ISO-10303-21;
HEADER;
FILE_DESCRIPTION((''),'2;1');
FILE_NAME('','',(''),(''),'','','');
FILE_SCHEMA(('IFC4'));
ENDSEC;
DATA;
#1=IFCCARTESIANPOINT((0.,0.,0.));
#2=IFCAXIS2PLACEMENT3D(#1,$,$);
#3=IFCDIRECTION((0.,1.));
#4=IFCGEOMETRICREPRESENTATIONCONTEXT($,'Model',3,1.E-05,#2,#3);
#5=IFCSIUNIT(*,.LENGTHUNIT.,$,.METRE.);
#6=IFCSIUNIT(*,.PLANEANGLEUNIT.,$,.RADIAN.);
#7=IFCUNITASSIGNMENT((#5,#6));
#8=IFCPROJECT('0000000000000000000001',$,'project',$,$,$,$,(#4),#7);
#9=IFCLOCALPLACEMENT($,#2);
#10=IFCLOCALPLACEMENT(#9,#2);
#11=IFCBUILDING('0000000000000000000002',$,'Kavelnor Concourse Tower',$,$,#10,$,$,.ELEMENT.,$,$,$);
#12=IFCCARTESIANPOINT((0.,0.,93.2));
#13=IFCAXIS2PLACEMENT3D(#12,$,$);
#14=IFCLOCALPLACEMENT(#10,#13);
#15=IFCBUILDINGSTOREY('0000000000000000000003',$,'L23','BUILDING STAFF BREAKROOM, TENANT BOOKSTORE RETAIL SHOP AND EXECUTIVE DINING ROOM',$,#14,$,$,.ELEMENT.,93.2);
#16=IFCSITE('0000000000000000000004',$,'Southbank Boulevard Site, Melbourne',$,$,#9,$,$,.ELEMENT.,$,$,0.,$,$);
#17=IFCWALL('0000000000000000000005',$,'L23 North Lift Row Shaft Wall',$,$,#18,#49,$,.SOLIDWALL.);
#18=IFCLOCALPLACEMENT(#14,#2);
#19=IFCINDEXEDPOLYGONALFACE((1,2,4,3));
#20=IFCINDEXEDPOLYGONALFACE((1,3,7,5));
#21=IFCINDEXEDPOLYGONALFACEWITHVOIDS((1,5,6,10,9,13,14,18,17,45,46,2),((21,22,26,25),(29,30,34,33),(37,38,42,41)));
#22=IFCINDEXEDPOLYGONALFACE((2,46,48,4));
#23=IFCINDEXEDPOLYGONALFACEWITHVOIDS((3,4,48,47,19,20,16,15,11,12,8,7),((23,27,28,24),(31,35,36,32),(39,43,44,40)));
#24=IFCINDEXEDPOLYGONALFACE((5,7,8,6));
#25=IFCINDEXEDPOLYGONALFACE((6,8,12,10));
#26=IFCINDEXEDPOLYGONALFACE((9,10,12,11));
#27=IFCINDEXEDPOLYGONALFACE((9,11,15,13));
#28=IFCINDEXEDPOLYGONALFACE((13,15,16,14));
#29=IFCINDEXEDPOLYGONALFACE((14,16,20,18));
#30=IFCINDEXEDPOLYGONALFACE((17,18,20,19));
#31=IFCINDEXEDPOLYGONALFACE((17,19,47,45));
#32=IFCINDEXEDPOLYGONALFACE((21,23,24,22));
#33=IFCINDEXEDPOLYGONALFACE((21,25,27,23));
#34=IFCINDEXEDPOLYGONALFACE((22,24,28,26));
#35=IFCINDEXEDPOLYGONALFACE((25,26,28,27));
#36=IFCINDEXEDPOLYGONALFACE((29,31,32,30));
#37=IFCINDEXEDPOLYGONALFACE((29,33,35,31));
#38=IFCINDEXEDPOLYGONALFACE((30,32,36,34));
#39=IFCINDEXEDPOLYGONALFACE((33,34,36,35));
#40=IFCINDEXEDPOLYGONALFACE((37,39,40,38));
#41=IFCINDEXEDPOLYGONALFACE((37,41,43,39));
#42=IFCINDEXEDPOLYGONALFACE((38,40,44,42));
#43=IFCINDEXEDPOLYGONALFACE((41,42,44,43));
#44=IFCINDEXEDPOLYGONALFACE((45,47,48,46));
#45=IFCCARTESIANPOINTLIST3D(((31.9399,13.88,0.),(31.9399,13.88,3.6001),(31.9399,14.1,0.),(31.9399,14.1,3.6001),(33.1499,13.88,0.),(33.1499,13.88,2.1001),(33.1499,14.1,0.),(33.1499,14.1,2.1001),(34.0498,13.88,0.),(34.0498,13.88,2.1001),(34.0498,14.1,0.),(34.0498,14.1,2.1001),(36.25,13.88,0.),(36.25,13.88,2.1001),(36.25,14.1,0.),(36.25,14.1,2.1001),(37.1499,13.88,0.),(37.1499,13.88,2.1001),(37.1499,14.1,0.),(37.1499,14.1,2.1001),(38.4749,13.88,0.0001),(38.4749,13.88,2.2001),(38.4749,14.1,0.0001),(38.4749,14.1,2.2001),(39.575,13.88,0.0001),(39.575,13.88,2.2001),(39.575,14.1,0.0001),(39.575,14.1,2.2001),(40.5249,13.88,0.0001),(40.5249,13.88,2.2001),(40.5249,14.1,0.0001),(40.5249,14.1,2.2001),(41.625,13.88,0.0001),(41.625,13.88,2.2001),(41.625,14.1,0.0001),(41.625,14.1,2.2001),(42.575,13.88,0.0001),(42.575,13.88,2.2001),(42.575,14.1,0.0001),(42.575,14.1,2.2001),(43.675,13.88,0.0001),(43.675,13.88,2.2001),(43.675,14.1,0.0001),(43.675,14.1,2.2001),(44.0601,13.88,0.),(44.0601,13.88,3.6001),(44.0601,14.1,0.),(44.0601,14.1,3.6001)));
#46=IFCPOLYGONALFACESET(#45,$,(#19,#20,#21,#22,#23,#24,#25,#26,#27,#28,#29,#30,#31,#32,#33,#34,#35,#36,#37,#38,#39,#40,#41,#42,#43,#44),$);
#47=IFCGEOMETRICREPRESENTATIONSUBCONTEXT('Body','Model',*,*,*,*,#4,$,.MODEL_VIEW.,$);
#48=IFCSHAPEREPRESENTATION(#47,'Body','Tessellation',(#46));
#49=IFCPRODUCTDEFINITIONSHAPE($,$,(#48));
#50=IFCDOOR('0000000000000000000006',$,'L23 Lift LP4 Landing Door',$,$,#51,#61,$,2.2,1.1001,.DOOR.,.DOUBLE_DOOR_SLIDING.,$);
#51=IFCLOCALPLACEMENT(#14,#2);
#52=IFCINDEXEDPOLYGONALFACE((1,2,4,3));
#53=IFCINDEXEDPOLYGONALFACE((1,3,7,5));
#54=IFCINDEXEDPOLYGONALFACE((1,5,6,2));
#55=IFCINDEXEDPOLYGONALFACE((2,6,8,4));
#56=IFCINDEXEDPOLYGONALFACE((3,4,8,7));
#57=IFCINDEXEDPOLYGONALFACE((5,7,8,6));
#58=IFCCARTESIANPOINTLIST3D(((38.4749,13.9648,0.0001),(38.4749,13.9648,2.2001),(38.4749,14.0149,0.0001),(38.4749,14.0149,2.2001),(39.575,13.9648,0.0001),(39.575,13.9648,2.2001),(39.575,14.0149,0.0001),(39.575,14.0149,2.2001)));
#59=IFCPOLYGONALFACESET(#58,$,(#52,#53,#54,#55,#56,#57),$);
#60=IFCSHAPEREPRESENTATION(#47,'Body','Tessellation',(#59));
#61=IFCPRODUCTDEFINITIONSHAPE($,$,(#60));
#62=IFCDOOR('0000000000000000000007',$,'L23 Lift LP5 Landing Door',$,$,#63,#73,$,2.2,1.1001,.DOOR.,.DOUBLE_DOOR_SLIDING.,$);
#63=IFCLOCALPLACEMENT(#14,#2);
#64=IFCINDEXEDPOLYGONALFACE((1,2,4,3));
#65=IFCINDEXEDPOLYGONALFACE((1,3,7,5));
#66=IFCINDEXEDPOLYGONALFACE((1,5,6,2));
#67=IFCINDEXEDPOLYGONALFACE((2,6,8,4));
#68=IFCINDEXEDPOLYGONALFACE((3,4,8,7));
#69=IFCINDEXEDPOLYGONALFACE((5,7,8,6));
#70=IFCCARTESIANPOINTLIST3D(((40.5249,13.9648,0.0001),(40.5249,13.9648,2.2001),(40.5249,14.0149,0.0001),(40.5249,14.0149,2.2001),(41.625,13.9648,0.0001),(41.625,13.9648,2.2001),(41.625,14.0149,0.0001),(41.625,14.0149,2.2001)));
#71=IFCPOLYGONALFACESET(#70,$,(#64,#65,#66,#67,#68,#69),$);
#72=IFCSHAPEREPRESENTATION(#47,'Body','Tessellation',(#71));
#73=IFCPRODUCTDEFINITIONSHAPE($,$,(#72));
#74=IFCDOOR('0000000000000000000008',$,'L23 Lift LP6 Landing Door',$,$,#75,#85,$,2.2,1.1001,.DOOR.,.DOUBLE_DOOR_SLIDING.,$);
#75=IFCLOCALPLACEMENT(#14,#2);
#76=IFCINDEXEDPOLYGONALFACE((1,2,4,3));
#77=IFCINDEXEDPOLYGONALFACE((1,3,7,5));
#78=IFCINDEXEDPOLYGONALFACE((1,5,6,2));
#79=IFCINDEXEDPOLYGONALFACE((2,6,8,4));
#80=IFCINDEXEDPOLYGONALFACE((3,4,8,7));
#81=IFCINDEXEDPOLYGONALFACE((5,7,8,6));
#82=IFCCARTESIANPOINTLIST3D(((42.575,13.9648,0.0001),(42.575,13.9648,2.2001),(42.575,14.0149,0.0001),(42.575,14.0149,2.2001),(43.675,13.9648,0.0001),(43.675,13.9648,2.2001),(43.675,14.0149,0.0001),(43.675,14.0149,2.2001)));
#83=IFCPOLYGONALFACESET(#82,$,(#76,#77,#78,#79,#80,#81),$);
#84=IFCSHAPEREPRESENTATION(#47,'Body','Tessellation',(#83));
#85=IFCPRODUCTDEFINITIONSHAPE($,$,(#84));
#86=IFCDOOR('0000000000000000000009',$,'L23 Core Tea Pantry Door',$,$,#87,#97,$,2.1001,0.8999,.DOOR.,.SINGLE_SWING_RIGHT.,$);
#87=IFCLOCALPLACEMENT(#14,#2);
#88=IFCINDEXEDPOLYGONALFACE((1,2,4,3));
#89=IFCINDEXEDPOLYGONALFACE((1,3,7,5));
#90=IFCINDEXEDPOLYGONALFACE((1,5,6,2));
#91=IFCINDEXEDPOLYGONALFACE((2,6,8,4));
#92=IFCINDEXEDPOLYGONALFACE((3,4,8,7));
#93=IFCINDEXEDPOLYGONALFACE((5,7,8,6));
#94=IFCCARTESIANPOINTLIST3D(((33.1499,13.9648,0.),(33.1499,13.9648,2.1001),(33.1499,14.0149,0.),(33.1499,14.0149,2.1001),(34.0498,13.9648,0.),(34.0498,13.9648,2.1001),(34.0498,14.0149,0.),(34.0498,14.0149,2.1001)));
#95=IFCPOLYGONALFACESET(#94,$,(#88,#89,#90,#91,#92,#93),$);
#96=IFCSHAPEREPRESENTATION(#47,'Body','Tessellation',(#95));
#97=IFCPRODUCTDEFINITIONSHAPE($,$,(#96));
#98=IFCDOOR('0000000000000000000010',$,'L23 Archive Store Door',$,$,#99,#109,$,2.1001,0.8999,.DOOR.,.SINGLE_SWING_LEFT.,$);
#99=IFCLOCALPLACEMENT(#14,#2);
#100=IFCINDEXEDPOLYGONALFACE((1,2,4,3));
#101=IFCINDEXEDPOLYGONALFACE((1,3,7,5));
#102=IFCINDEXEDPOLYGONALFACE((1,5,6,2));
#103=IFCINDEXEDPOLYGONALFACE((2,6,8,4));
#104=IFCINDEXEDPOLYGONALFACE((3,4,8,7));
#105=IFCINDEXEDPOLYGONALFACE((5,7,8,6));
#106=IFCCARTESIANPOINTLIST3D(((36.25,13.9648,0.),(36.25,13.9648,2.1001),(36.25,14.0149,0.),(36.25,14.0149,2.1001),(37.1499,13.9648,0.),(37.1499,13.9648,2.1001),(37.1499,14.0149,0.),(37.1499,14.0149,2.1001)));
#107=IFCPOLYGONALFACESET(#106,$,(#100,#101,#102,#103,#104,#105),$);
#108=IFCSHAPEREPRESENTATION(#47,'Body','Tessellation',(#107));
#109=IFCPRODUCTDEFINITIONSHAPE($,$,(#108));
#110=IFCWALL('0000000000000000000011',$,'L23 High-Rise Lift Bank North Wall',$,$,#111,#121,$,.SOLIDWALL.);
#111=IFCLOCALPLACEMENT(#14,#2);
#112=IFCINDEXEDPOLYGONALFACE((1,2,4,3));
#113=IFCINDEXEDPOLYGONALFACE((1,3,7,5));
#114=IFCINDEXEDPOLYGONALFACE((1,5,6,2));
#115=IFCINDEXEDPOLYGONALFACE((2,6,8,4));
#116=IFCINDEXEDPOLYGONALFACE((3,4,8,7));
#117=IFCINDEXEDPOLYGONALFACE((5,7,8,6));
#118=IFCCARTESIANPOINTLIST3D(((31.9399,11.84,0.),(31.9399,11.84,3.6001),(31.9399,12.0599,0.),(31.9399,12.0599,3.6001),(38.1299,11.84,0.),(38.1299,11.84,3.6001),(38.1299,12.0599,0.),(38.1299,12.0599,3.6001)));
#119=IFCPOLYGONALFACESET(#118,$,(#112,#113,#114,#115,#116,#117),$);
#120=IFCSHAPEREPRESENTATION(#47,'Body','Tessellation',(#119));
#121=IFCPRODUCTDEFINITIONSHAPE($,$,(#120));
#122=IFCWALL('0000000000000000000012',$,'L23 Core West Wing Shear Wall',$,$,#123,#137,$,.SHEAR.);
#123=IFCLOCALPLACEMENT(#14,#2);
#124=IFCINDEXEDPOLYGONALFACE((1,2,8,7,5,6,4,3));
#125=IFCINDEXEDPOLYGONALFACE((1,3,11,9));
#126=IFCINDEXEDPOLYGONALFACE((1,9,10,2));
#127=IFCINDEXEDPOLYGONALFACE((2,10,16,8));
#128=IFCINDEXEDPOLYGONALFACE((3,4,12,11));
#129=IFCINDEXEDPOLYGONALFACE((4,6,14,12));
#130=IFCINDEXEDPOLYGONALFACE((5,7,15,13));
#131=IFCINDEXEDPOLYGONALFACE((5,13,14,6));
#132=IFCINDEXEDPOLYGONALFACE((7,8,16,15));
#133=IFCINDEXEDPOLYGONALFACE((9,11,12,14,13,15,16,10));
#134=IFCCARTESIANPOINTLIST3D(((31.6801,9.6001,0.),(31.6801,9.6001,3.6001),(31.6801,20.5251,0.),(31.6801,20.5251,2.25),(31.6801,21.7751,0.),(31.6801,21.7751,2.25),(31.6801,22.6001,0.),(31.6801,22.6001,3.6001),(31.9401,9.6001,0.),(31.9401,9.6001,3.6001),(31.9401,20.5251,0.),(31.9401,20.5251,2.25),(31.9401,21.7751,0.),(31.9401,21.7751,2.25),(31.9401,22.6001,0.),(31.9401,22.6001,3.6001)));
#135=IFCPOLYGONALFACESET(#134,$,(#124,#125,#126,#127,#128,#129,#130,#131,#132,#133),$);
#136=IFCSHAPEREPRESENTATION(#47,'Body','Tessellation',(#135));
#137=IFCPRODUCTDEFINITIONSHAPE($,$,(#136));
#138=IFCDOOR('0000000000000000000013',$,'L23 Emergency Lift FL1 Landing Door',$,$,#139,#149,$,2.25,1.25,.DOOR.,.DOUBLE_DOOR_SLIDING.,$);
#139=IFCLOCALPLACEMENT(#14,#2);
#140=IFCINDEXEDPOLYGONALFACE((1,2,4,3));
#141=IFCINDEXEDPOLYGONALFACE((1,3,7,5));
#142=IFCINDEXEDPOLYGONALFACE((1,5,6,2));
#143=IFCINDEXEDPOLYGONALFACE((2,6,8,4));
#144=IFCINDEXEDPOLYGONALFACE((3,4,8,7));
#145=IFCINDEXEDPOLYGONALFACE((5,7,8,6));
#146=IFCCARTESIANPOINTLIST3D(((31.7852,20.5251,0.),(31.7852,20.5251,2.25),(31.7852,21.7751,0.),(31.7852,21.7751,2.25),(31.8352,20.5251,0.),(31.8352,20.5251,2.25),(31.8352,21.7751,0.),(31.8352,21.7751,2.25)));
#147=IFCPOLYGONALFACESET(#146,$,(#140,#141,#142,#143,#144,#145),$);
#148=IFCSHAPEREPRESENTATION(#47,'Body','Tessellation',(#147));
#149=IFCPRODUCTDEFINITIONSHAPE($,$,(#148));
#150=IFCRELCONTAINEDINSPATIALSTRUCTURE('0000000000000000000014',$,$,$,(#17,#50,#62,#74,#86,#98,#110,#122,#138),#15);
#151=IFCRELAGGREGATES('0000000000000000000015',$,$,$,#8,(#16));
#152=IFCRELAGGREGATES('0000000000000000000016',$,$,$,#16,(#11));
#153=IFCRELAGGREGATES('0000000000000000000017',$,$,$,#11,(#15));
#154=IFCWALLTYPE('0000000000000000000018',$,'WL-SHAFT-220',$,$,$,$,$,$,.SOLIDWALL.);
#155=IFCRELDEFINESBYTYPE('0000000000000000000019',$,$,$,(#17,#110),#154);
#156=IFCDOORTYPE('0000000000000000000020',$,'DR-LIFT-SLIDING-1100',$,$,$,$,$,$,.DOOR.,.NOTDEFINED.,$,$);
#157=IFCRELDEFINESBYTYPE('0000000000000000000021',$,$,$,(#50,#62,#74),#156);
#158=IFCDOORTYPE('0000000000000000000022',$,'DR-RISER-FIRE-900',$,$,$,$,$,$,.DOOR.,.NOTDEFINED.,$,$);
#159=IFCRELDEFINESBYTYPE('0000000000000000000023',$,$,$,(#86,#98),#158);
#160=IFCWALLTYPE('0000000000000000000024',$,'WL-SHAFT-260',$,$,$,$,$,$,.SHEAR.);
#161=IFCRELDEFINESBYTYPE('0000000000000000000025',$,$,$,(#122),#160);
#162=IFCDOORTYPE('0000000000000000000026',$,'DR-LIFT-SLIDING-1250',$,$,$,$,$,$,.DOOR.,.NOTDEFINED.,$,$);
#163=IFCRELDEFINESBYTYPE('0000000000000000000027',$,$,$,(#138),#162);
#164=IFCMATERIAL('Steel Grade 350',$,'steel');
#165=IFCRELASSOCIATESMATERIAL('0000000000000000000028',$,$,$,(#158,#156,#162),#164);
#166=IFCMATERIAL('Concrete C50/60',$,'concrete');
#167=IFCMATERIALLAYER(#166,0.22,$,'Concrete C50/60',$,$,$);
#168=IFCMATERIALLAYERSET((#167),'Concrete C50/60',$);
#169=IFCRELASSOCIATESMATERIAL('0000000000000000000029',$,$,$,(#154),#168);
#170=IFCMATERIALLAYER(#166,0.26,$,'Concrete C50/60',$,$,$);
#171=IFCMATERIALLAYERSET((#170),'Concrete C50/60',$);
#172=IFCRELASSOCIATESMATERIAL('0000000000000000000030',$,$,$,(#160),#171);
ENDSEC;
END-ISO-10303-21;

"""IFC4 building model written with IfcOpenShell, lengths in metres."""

from ifc_helpers import new_model, si_unit, direction, frame, frame_2d, origin, place, context, subcontext, project, spatial, rectangle, extrude, material, layer, layer_set, type_object, element, fill, save


model = new_model("IFC4")

# Units and contexts
model_context = context("Model", 3, precision=1e-05, world=origin(), true_north=direction((0.0, 1.0)))
body_context = subcontext(model_context, "Body", "Model", "MODEL_VIEW")
ifc_project = project(units=[si_unit("LENGTHUNIT", "METRE"), si_unit("PLANEANGLEUNIT", "RADIAN")], contexts=[model_context])

# Site, building, storey
site_placement = place(None, origin())
site = spatial("IfcSite", under=ifc_project, at=site_placement, Name="Southbank Boulevard Site, Melbourne", CompositionType="ELEMENT", RefElevation=0.0)
building_placement = place(site_placement, origin())
building = spatial("IfcBuilding", under=site, at=building_placement, Name="Kavelnor Concourse Tower", CompositionType="ELEMENT")
storey_placement = place(building_placement, frame((0.0, 0.0, 93.2)))
storey = spatial("IfcBuildingStorey", under=building, at=storey_placement, Name="L23", Description="BUILDING STAFF BREAKROOM, TENANT BOOKSTORE RETAIL SHOP AND EXECUTIVE DINING ROOM", CompositionType="ELEMENT", Elevation=93.2)

# Shared definitions
ifc_material_1 = material(Name="Steel Grade 350", Category="steel")

# Shared definitions
door_type_1 = type_object("IfcDoorType", Name="DR-RISER-FIRE-900", OperationType="NOTDEFINED", PredefinedType="DOOR", material=ifc_material_1)

# Shared definitions
ifc_material_2 = material(Name="Concrete C50/60", Category="concrete")
ifc_layer_1 = layer(ifc_material_2, 0.22, Name="Concrete C50/60")
ifc_layer_set_1 = layer_set([ifc_layer_1], Name="Concrete C50/60")
wall_type_1 = type_object("IfcWallType", Name="WL-SHAFT-220", PredefinedType="SOLIDWALL", material=ifc_layer_set_1)

# Wall, openings, doors
wall_1_placement = place(storey_placement, frame((31.9399, 13.99, 0.0), z_axis=(0.0, 0.0, 1.0), x_axis=(1.0, 0.0, 0.0)))
wall_1 = element("IfcWall", 1, at=wall_1_placement, inside=storey, type_object=wall_type_1, Name="L23 North Lift Row Shaft Wall", PredefinedType="SOLIDWALL", context=body_context, shape_type="SweptSolid", body=[
    extrude(rectangle(XDim=12.1201, YDim=0.22, at=frame_2d((6.0601, 0.0))), origin(), (0.0, 0.0, 1.0), 3.6001),
])
opening_1_placement = place(wall_1_placement, frame((1.21, 0.0, 0.0)))
opening_1 = element("IfcOpeningElement", 2, at=opening_1_placement, cuts=wall_1, PredefinedType="OPENING", context=body_context, shape_type="SweptSolid", body=[
    extrude(rectangle(XDim=0.8999, YDim=2.1001, at=frame_2d((0.45, 1.05))), frame((0.0, 0.1201, 0.0), z_axis=(0.0, -1.0, 0.0), x_axis=(1.0, 0.0, 0.0)), (0.0, 0.0, 1.0), 0.24),
])
opening_2_placement = place(wall_1_placement, frame((4.3101, 0.0, 0.0)))
opening_2 = element("IfcOpeningElement", 3, at=opening_2_placement, cuts=wall_1, PredefinedType="OPENING", context=body_context, shape_type="SweptSolid", body=[
    extrude(rectangle(XDim=0.8999, YDim=2.1001, at=frame_2d((0.45, 1.05))), frame((0.0, 0.1201, 0.0), z_axis=(0.0, -1.0, 0.0), x_axis=(1.0, 0.0, 0.0)), (0.0, 0.0, 1.0), 0.24),
])
opening_3_placement = place(wall_1_placement, frame((6.5349, 0.0, 0.0)))
opening_3 = element("IfcOpeningElement", 4, at=opening_3_placement, cuts=wall_1, PredefinedType="OPENING", context=body_context, shape_type="SweptSolid", body=[
    extrude(rectangle(XDim=1.1001, YDim=2.2, at=frame_2d((0.55, 1.1001))), frame((0.0, 0.1201, 0.0), z_axis=(0.0, -1.0, 0.0), x_axis=(1.0, 0.0, 0.0)), (0.0, 0.0, 1.0), 0.24),
])
opening_4_placement = place(wall_1_placement, frame((8.585, 0.0, 0.0)))
opening_4 = element("IfcOpeningElement", 5, at=opening_4_placement, cuts=wall_1, PredefinedType="OPENING", context=body_context, shape_type="SweptSolid", body=[
    extrude(rectangle(XDim=1.1001, YDim=2.2, at=frame_2d((0.55, 1.1001))), frame((0.0, 0.1201, 0.0), z_axis=(0.0, -1.0, 0.0), x_axis=(1.0, 0.0, 0.0)), (0.0, 0.0, 1.0), 0.24),
])
opening_5_placement = place(wall_1_placement, frame((10.635, 0.0, 0.0)))
opening_5 = element("IfcOpeningElement", 6, at=opening_5_placement, cuts=wall_1, PredefinedType="OPENING", context=body_context, shape_type="SweptSolid", body=[
    extrude(rectangle(XDim=1.1001, YDim=2.2, at=frame_2d((0.55, 1.1001))), frame((0.0, 0.1201, 0.0), z_axis=(0.0, -1.0, 0.0), x_axis=(1.0, 0.0, 0.0)), (0.0, 0.0, 1.0), 0.24),
])
door_type_2 = type_object("IfcDoorType", Name="DR-LIFT-SLIDING-1100", OperationType="NOTDEFINED", PredefinedType="DOOR", material=ifc_material_1)
door_1_placement = place(opening_3_placement, origin())
door_1 = element("IfcDoor", 7, at=door_1_placement, inside=storey, type_object=door_type_2, Name="L23 Lift LP4 Landing Door", OperationType="DOUBLE_DOOR_SLIDING", OverallHeight=2.2, OverallWidth=1.1001, PredefinedType="DOOR", context=body_context, shape_type="SweptSolid", body=[
    extrude(rectangle(XDim=1.1001, YDim=2.2, at=frame_2d((0.55, 1.1001))), frame((0.0, 0.0249, 0.0), z_axis=(0.0, -1.0, 0.0), x_axis=(1.0, 0.0, 0.0)), (0.0, 0.0, 1.0), 0.05),
])
fill(opening_3, door_1)
door_2_placement = place(opening_4_placement, origin())
door_2 = element("IfcDoor", 8, at=door_2_placement, inside=storey, type_object=door_type_2, Name="L23 Lift LP5 Landing Door", OperationType="DOUBLE_DOOR_SLIDING", OverallHeight=2.2, OverallWidth=1.1001, PredefinedType="DOOR", context=body_context, shape_type="SweptSolid", body=[
    extrude(rectangle(XDim=1.1001, YDim=2.2, at=frame_2d((0.55, 1.1001))), frame((0.0, 0.0249, 0.0), z_axis=(0.0, -1.0, 0.0), x_axis=(1.0, 0.0, 0.0)), (0.0, 0.0, 1.0), 0.05),
])
fill(opening_4, door_2)
door_3_placement = place(opening_5_placement, origin())
door_3 = element("IfcDoor", 9, at=door_3_placement, inside=storey, type_object=door_type_2, Name="L23 Lift LP6 Landing Door", OperationType="DOUBLE_DOOR_SLIDING", OverallHeight=2.2, OverallWidth=1.1001, PredefinedType="DOOR", context=body_context, shape_type="SweptSolid", body=[
    extrude(rectangle(XDim=1.1001, YDim=2.2, at=frame_2d((0.55, 1.1001))), frame((0.0, 0.0249, 0.0), z_axis=(0.0, -1.0, 0.0), x_axis=(1.0, 0.0, 0.0)), (0.0, 0.0, 1.0), 0.05),
])
fill(opening_5, door_3)
door_4_placement = place(opening_1_placement, origin())
door_4 = element("IfcDoor", 10, at=door_4_placement, inside=storey, type_object=door_type_1, Name="L23 Core Tea Pantry Door", OperationType="SINGLE_SWING_RIGHT", OverallHeight=2.1001, OverallWidth=0.8999, PredefinedType="DOOR", context=body_context, shape_type="SweptSolid", body=[
    extrude(rectangle(XDim=0.8999, YDim=2.1001, at=frame_2d((0.45, 1.05))), frame((0.0, 0.0249, 0.0), z_axis=(0.0, -1.0, 0.0), x_axis=(1.0, 0.0, 0.0)), (0.0, 0.0, 1.0), 0.05),
])
fill(opening_1, door_4)
door_5_placement = place(opening_2_placement, origin())
door_5 = element("IfcDoor", 11, at=door_5_placement, inside=storey, type_object=door_type_1, Name="L23 Archive Store Door", OperationType="SINGLE_SWING_LEFT", OverallHeight=2.1001, OverallWidth=0.8999, PredefinedType="DOOR", context=body_context, shape_type="SweptSolid", body=[
    extrude(rectangle(XDim=0.8999, YDim=2.1001, at=frame_2d((0.45, 1.05))), frame((0.0, 0.0249, 0.0), z_axis=(0.0, -1.0, 0.0), x_axis=(1.0, 0.0, 0.0)), (0.0, 0.0, 1.0), 0.05),
])
fill(opening_2, door_5)

# Wall
wall_2_placement = place(storey_placement, frame((31.9399, 11.95, 0.0), z_axis=(0.0, 0.0, 1.0), x_axis=(1.0, 0.0, 0.0)))
element("IfcWall", 12, at=wall_2_placement, inside=storey, type_object=wall_type_1, Name="L23 High-Rise Lift Bank North Wall", PredefinedType="SOLIDWALL", context=body_context, shape_type="SweptSolid", body=[
    extrude(rectangle(XDim=6.1899, YDim=0.22, at=frame_2d((3.095, 0.0))), origin(), (0.0, 0.0, 1.0), 3.6001),
])

# Wall, opening, door
ifc_layer_2 = layer(ifc_material_2, 0.26, Name="Concrete C50/60")
ifc_layer_set_2 = layer_set([ifc_layer_2], Name="Concrete C50/60")
wall_type_2 = type_object("IfcWallType", Name="WL-SHAFT-260", PredefinedType="SHEAR", material=ifc_layer_set_2)
wall_3_placement = place(storey_placement, frame((31.8101, 9.6001, 0.0), z_axis=(0.0, 0.0, 1.0), x_axis=(0.0, 1.0, 0.0)))
wall_3 = element("IfcWall", 13, at=wall_3_placement, inside=storey, type_object=wall_type_2, Name="L23 Core West Wing Shear Wall", PredefinedType="SHEAR", context=body_context, shape_type="SweptSolid", body=[
    extrude(rectangle(XDim=13.0, YDim=0.26, at=frame_2d((6.5, 0.0))), origin(), (0.0, 0.0, 1.0), 3.6001),
])
opening_6_placement = place(wall_3_placement, frame((10.925, 0.0, 0.0)))
opening_6 = element("IfcOpeningElement", 14, at=opening_6_placement, cuts=wall_3, PredefinedType="OPENING", context=body_context, shape_type="SweptSolid", body=[
    extrude(rectangle(XDim=1.25, YDim=2.25, at=frame_2d((0.625, 1.125))), frame((0.0, 0.1401, 0.0), z_axis=(0.0, -1.0, 0.0), x_axis=(1.0, 0.0, 0.0)), (0.0, 0.0, 1.0), 0.28),
])
door_type_3 = type_object("IfcDoorType", Name="DR-LIFT-SLIDING-1250", OperationType="NOTDEFINED", PredefinedType="DOOR", material=ifc_material_1)
door_6_placement = place(opening_6_placement, origin())
door_6 = element("IfcDoor", 15, at=door_6_placement, inside=storey, type_object=door_type_3, Name="L23 Emergency Lift FL1 Landing Door", OperationType="DOUBLE_DOOR_SLIDING", OverallHeight=2.25, OverallWidth=1.25, PredefinedType="DOOR", context=body_context, shape_type="SweptSolid", body=[
    extrude(rectangle(XDim=1.25, YDim=2.25, at=frame_2d((0.625, 1.125))), frame((0.0, 0.0249, 0.0), z_axis=(0.0, -1.0, 0.0), x_axis=(1.0, 0.0, 0.0)), (0.0, 0.0, 1.0), 0.05),
])
fill(opening_6, door_6)

save(model, "model.ifc")
